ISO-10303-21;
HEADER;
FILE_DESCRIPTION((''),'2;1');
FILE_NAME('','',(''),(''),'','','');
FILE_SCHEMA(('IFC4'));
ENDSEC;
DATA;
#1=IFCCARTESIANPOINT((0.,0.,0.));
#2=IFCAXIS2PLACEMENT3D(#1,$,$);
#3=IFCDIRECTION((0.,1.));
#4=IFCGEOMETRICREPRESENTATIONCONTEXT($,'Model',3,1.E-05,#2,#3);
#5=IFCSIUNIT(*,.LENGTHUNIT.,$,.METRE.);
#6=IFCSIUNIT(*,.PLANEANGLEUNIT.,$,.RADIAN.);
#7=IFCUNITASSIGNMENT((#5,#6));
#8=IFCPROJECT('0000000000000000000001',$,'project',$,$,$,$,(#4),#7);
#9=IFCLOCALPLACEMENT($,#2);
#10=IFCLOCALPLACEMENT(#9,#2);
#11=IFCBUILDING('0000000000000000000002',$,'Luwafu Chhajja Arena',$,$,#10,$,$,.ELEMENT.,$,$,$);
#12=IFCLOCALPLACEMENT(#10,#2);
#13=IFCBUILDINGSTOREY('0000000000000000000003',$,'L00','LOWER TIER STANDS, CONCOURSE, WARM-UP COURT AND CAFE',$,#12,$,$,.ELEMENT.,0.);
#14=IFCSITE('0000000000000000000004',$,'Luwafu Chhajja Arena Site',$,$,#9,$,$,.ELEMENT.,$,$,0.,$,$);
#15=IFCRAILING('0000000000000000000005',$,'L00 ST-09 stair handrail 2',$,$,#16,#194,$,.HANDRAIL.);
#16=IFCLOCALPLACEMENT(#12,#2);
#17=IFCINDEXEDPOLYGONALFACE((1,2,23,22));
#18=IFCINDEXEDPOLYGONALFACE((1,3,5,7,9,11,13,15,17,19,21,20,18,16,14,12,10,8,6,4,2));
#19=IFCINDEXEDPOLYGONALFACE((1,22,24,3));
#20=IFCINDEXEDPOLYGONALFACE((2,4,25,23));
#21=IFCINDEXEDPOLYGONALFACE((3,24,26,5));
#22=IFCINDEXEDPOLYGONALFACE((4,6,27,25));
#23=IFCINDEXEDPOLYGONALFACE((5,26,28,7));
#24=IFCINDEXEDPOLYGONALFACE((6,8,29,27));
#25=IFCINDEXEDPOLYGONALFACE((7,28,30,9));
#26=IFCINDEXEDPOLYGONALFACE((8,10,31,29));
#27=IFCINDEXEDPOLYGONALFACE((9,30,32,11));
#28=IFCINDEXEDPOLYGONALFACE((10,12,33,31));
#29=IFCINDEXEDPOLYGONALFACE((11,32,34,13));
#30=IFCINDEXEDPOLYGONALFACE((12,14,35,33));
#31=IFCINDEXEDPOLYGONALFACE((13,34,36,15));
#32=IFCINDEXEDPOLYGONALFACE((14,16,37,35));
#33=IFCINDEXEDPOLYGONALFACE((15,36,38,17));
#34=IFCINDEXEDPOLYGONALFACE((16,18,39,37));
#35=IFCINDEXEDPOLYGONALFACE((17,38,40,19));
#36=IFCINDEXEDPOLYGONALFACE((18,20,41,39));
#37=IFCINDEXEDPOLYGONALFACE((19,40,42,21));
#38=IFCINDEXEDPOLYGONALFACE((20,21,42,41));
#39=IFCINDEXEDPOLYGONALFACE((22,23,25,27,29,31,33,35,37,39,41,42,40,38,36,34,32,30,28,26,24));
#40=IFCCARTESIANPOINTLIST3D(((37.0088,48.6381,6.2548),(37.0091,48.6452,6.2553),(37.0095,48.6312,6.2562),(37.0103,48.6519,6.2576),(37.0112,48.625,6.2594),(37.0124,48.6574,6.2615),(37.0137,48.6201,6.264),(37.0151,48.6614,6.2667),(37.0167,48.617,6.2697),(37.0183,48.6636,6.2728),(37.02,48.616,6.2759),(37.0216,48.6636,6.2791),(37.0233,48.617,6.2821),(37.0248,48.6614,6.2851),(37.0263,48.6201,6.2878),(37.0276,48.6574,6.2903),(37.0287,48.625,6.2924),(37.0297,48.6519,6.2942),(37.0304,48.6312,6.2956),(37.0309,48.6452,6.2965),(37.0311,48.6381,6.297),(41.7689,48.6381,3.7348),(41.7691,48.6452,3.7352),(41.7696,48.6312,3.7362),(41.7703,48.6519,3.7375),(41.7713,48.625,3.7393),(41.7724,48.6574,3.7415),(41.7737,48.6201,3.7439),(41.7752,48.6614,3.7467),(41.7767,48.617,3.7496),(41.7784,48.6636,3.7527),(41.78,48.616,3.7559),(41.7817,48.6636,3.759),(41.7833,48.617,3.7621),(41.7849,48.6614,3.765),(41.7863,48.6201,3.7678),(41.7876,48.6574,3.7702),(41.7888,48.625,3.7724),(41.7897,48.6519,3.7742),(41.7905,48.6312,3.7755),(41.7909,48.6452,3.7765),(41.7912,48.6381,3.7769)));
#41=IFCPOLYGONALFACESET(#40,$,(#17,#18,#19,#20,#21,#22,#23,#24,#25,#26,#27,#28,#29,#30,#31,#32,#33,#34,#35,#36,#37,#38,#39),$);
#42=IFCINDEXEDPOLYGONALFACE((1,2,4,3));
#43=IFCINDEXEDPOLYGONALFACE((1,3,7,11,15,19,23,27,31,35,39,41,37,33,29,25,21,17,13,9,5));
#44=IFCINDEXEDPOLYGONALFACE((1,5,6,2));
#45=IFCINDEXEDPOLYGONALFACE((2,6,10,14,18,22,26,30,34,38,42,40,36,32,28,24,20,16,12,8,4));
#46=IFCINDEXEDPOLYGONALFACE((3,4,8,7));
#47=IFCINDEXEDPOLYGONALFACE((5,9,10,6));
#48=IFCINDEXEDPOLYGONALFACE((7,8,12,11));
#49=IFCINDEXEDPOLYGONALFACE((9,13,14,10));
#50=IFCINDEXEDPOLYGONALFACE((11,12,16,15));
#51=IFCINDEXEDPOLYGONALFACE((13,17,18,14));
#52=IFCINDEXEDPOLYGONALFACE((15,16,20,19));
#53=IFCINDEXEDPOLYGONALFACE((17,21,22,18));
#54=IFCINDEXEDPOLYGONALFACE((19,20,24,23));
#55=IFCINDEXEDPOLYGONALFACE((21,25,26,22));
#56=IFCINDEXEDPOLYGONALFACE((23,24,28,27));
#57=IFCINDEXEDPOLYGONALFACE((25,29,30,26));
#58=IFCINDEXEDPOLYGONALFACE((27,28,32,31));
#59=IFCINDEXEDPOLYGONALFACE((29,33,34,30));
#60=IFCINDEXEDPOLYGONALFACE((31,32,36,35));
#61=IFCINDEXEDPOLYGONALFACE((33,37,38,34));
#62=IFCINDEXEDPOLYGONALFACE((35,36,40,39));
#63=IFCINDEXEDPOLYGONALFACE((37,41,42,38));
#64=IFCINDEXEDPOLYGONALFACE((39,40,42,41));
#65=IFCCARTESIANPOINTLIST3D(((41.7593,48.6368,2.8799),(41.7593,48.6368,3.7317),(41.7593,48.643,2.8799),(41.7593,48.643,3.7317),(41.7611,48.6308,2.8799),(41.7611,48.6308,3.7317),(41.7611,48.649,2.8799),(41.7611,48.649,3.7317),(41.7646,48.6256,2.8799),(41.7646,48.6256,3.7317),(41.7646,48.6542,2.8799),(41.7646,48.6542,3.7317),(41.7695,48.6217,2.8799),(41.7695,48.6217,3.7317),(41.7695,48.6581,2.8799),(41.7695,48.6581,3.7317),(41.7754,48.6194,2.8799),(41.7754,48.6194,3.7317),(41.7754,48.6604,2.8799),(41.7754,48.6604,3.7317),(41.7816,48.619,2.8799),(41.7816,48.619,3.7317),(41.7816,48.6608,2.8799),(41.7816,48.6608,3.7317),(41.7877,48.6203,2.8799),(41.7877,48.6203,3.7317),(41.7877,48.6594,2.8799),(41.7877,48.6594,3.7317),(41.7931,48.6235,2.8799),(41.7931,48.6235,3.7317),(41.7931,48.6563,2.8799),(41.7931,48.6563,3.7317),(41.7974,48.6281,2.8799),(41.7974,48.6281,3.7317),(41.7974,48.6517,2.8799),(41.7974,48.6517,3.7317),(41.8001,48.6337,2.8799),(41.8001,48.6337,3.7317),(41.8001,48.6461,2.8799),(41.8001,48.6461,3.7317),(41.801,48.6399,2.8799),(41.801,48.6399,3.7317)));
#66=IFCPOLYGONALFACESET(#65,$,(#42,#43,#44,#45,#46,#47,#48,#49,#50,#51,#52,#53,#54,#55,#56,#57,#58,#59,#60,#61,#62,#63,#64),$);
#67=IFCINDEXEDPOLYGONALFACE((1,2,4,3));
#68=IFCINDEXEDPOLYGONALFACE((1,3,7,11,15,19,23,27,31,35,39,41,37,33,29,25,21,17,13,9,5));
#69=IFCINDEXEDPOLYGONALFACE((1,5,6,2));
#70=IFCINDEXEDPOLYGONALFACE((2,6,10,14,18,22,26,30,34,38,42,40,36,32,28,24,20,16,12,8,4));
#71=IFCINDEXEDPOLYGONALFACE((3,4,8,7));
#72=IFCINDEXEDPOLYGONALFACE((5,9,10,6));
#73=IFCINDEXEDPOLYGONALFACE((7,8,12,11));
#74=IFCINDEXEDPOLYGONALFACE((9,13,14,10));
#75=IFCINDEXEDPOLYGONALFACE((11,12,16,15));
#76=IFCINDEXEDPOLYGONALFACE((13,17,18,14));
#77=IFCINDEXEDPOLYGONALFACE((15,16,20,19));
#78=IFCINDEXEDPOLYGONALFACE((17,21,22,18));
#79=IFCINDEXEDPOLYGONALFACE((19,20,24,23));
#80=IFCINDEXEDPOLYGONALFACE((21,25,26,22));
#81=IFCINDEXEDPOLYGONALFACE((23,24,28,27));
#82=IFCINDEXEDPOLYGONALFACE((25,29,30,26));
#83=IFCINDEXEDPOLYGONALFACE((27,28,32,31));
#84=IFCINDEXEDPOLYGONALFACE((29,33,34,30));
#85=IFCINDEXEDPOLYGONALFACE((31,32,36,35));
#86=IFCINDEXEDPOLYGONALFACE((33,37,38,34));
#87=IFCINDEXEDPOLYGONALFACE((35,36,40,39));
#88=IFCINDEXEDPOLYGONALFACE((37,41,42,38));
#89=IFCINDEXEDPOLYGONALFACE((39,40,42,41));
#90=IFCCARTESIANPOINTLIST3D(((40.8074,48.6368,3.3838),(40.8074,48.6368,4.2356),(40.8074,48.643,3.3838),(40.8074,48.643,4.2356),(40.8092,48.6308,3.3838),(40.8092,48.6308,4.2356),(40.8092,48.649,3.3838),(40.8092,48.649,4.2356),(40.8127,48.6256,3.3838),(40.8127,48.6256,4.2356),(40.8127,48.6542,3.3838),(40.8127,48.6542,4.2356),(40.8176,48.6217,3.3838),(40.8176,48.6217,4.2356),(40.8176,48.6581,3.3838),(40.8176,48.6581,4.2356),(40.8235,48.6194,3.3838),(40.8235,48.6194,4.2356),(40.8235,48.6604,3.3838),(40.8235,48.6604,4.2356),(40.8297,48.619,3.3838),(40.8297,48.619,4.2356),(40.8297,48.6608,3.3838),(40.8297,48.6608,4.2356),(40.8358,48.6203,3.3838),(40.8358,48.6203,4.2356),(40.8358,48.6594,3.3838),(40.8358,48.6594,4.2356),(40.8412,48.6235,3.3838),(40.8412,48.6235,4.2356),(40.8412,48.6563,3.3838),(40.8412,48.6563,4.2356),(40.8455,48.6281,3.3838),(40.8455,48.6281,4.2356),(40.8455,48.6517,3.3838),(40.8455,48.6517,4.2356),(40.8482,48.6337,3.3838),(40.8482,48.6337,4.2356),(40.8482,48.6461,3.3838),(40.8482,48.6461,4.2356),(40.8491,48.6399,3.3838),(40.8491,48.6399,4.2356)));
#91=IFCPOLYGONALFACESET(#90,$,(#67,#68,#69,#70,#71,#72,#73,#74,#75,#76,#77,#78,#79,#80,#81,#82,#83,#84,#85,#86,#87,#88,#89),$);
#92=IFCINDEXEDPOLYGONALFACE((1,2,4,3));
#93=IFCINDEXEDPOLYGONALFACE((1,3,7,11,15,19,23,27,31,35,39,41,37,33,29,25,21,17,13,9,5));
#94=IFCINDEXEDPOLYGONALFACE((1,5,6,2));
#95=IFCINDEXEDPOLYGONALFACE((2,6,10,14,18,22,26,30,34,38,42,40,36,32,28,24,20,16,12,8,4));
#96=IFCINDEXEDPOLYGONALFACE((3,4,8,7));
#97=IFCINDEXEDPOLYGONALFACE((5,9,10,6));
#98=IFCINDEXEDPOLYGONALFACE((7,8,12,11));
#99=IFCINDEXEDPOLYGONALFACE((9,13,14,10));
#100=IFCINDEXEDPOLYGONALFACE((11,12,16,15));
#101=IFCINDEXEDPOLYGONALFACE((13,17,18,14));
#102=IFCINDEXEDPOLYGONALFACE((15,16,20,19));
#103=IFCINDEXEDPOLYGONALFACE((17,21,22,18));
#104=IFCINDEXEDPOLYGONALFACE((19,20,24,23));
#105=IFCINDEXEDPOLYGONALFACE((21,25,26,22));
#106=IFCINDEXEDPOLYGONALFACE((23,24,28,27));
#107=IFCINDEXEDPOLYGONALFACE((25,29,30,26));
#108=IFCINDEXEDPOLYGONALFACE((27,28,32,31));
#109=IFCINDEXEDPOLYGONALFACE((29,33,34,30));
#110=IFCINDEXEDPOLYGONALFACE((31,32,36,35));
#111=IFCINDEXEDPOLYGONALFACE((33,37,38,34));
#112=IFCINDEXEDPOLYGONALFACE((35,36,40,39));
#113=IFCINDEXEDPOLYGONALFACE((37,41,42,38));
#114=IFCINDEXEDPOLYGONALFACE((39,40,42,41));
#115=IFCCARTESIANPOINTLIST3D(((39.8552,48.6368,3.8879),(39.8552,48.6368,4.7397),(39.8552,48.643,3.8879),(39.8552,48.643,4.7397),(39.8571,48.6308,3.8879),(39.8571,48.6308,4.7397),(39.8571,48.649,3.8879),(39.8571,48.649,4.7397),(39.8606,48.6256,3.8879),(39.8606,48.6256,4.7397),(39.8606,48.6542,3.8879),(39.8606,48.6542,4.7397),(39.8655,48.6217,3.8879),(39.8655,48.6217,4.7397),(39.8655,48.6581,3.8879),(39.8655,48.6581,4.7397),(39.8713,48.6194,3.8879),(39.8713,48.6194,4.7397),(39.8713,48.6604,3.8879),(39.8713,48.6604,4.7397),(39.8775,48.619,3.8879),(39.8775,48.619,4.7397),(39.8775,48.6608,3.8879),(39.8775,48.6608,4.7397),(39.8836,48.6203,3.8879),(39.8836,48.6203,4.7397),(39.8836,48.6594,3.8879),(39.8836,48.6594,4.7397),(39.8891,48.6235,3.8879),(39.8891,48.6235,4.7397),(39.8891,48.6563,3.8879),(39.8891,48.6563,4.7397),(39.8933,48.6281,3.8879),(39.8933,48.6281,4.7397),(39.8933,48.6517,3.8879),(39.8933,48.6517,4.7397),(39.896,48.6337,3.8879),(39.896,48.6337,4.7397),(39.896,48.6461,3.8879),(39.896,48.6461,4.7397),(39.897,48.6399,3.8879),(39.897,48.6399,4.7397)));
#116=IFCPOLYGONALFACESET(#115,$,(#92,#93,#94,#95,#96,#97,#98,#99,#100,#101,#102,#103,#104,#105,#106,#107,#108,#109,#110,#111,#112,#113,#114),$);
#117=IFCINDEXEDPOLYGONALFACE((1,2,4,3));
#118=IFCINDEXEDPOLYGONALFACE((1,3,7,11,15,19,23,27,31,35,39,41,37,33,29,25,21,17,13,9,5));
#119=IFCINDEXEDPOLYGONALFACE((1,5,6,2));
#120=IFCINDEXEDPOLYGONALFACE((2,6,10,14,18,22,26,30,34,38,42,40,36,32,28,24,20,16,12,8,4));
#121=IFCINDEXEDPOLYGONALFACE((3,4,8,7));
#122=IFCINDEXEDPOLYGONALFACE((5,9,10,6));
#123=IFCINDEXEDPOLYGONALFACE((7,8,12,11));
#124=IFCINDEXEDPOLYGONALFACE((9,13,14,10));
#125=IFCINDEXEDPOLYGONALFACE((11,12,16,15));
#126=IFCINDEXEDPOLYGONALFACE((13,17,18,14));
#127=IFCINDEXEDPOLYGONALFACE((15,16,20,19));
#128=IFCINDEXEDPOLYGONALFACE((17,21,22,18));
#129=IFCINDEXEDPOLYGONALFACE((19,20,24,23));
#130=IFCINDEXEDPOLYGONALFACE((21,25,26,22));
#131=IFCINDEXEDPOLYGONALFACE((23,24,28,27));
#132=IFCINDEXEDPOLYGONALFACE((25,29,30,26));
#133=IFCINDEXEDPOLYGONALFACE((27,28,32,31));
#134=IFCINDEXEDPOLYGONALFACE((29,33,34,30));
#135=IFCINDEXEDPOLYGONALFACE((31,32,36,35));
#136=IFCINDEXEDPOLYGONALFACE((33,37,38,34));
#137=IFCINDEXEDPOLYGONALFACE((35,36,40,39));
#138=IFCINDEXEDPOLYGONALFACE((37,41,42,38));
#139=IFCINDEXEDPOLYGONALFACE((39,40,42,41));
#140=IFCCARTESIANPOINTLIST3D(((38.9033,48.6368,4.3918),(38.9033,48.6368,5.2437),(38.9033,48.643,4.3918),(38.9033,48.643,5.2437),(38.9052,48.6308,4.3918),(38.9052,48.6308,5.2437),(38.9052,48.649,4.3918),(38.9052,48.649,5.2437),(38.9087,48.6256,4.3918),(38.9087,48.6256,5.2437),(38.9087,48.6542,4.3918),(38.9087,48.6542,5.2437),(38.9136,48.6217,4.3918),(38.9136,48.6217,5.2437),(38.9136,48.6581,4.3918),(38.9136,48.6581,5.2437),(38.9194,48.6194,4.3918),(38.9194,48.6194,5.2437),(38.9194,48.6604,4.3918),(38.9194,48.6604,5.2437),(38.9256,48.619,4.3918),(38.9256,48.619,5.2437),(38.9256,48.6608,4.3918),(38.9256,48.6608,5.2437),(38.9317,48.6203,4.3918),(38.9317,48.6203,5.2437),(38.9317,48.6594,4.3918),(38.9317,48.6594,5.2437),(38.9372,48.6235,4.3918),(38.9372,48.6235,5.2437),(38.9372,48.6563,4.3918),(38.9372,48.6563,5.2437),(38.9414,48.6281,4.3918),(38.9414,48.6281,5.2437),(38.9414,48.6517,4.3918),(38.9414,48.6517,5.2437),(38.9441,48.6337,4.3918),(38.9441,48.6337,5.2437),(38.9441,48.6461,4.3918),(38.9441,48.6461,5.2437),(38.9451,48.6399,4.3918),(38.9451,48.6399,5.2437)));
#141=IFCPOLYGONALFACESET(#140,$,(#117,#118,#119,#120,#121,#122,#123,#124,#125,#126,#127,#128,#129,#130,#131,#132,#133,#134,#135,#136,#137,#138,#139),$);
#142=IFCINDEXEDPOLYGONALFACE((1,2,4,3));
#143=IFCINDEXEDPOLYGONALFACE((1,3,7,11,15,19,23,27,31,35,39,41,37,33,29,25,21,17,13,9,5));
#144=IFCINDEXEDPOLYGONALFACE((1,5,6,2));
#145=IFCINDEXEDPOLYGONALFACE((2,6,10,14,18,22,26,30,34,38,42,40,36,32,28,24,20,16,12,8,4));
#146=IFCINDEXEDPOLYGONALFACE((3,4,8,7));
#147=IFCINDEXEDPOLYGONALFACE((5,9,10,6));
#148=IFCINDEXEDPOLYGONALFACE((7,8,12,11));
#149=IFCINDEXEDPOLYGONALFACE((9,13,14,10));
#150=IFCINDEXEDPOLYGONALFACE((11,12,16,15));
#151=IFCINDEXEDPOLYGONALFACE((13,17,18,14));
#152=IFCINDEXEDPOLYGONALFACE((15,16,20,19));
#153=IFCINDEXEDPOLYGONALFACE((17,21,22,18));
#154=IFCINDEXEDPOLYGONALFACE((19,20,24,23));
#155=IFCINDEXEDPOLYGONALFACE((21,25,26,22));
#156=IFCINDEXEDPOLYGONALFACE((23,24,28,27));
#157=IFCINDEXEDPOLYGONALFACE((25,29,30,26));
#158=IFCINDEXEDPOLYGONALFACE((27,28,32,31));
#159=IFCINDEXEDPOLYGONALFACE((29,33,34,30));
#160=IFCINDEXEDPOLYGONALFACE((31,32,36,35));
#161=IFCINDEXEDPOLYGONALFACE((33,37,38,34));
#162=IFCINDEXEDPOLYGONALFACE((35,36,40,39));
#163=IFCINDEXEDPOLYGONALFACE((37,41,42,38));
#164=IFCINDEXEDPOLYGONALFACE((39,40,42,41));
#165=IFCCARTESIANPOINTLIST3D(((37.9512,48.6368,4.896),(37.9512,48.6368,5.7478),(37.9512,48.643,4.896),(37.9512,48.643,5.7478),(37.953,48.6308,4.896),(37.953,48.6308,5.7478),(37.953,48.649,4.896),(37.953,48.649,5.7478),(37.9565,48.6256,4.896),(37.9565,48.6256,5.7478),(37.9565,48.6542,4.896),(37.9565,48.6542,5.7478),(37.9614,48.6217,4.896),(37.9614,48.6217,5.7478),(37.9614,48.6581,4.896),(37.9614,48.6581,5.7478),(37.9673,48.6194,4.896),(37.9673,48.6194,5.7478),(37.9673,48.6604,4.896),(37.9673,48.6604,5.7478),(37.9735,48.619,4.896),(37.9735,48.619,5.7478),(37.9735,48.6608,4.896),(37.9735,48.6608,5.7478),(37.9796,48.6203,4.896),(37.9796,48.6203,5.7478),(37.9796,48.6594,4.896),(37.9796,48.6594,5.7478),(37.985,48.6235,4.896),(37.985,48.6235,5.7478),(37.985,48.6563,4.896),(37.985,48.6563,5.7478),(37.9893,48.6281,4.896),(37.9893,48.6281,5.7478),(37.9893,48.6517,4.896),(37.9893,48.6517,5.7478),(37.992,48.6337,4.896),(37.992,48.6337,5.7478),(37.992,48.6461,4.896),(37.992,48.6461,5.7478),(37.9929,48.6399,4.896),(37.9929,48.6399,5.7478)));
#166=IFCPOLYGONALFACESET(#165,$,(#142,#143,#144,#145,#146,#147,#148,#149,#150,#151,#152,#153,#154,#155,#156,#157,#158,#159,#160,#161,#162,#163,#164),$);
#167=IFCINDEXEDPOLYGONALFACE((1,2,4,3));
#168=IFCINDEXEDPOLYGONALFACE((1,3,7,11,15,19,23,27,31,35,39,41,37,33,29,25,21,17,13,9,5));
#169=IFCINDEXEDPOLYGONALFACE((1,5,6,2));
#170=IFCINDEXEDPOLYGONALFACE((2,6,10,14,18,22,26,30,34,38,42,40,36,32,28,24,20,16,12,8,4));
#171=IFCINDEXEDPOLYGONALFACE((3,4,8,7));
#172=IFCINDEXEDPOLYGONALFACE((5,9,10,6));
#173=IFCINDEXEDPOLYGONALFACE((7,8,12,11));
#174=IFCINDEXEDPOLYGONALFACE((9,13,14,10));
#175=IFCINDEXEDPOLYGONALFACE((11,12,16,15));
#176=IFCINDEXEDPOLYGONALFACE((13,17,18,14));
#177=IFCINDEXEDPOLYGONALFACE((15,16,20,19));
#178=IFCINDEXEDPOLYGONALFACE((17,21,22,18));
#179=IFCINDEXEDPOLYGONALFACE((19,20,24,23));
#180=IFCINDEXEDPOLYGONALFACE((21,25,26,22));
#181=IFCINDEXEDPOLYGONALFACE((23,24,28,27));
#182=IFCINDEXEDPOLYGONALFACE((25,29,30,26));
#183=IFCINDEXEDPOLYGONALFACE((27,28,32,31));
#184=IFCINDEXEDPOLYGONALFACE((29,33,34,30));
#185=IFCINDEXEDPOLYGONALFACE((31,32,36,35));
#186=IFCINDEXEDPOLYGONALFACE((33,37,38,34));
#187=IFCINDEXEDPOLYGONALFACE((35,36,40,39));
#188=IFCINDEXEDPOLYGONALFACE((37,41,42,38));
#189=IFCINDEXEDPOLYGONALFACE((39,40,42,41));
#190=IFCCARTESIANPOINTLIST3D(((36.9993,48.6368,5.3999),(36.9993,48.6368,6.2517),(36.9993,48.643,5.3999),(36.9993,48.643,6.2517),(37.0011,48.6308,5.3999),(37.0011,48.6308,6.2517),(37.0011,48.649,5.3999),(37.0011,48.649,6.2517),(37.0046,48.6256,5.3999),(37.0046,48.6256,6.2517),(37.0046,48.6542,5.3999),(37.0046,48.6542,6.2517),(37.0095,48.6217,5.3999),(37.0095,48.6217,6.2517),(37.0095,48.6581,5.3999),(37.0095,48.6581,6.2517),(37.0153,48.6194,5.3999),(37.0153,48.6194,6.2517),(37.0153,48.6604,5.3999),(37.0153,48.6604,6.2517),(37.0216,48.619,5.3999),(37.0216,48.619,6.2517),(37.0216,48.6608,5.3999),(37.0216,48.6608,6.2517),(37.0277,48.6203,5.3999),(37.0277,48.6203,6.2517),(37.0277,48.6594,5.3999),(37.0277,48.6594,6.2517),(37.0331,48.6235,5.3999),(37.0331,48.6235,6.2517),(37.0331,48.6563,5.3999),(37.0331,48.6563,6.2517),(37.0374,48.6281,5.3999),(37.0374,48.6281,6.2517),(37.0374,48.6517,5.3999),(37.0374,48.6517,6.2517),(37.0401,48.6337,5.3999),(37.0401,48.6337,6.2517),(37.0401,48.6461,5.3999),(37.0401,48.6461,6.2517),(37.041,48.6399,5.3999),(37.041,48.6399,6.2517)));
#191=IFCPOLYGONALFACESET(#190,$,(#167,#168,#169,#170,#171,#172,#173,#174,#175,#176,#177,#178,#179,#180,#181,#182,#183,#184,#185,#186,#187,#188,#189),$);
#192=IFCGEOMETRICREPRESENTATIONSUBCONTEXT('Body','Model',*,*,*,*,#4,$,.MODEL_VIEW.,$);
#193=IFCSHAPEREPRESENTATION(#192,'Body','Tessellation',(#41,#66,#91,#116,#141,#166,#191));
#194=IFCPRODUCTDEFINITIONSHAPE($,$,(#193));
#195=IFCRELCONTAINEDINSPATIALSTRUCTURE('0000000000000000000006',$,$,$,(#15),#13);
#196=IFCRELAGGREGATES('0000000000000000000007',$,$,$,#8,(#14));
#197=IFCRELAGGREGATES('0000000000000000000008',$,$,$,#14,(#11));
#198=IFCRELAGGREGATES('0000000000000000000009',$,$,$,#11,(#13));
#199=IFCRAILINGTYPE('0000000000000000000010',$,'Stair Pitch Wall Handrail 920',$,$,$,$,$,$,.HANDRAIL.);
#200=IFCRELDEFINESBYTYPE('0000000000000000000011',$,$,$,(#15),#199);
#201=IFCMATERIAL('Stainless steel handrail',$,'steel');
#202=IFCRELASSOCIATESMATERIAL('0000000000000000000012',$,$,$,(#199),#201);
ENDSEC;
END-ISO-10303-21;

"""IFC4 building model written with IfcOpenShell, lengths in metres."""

from ifc_helpers import new_model, si_unit, direction, frame, origin, origin_2d, place, context, subcontext, project, spatial, circle, extrude, material, type_object, element, save


model = new_model("IFC4")

# Units and contexts
model_context = context("Model", 3, precision=1e-05, world=origin(), true_north=direction((0.0, 1.0)))
body_context = subcontext(model_context, "Body", "Model", "MODEL_VIEW")
ifc_project = project(units=[si_unit("LENGTHUNIT", "METRE"), si_unit("PLANEANGLEUNIT", "RADIAN")], contexts=[model_context])

# Site, building, storey
site_placement = place(None, origin())
site = spatial("IfcSite", under=ifc_project, at=site_placement, Name="Luwafu Chhajja Arena Site", CompositionType="ELEMENT", RefElevation=0.0)
building_placement = place(site_placement, origin())
building = spatial("IfcBuilding", under=site, at=building_placement, Name="Luwafu Chhajja Arena", CompositionType="ELEMENT")
storey_placement = place(building_placement, origin())
storey = spatial("IfcBuildingStorey", under=building, at=storey_placement, Name="L00", Description="LOWER TIER STANDS, CONCOURSE, WARM-UP COURT AND CAFE", CompositionType="ELEMENT", Elevation=0.0)

# Railing
ifc_material_1 = material(Name="Stainless steel handrail", Category="steel")
railing_type_1 = type_object("IfcRailingType", Name="Stair Pitch Wall Handrail 920", PredefinedType="HANDRAIL", material=ifc_material_1)
railing_1_placement = place(storey_placement, frame((41.78, 48.6399, 2.8799)))
element("IfcRailing", 1, at=railing_1_placement, inside=storey, type_object=railing_type_1, Name="L00 ST-09 stair handrail 2", PredefinedType="HANDRAIL", context=body_context, shape_type="SweptSolid", body=[
    extrude(circle(Radius=0.0239, at=origin_2d()), frame((0.0, 0.0, 0.876), z_axis=(-0.883787, 0.0, 0.46789), x_axis=(0.0, -1.0, 0.0)), (0.0, 0.0, 1.0), 5.386),
    extrude(circle(Radius=0.021, at=origin_2d()), origin(), (0.0, 0.0, 1.0), 0.8518),
    extrude(circle(Radius=0.021, at=origin_2d()), frame((-0.9519, 0.0, 0.5039)), (0.0, 0.0, 1.0), 0.8518),
    extrude(circle(Radius=0.021, at=origin_2d()), frame((-1.9041, 0.0, 1.0081)), (0.0, 0.0, 1.0), 0.8518),
    extrude(circle(Radius=0.021, at=origin_2d()), frame((-2.856, 0.0, 1.512)), (0.0, 0.0, 1.0), 0.8518),
    extrude(circle(Radius=0.021, at=origin_2d()), frame((-3.8081, 0.0, 2.0161)), (0.0, 0.0, 1.0), 0.8518),
    extrude(circle(Radius=0.021, at=origin_2d()), frame((-4.76, 0.0, 2.52)), (0.0, 0.0, 1.0), 0.8518),
])

save(model, "model.ifc")
